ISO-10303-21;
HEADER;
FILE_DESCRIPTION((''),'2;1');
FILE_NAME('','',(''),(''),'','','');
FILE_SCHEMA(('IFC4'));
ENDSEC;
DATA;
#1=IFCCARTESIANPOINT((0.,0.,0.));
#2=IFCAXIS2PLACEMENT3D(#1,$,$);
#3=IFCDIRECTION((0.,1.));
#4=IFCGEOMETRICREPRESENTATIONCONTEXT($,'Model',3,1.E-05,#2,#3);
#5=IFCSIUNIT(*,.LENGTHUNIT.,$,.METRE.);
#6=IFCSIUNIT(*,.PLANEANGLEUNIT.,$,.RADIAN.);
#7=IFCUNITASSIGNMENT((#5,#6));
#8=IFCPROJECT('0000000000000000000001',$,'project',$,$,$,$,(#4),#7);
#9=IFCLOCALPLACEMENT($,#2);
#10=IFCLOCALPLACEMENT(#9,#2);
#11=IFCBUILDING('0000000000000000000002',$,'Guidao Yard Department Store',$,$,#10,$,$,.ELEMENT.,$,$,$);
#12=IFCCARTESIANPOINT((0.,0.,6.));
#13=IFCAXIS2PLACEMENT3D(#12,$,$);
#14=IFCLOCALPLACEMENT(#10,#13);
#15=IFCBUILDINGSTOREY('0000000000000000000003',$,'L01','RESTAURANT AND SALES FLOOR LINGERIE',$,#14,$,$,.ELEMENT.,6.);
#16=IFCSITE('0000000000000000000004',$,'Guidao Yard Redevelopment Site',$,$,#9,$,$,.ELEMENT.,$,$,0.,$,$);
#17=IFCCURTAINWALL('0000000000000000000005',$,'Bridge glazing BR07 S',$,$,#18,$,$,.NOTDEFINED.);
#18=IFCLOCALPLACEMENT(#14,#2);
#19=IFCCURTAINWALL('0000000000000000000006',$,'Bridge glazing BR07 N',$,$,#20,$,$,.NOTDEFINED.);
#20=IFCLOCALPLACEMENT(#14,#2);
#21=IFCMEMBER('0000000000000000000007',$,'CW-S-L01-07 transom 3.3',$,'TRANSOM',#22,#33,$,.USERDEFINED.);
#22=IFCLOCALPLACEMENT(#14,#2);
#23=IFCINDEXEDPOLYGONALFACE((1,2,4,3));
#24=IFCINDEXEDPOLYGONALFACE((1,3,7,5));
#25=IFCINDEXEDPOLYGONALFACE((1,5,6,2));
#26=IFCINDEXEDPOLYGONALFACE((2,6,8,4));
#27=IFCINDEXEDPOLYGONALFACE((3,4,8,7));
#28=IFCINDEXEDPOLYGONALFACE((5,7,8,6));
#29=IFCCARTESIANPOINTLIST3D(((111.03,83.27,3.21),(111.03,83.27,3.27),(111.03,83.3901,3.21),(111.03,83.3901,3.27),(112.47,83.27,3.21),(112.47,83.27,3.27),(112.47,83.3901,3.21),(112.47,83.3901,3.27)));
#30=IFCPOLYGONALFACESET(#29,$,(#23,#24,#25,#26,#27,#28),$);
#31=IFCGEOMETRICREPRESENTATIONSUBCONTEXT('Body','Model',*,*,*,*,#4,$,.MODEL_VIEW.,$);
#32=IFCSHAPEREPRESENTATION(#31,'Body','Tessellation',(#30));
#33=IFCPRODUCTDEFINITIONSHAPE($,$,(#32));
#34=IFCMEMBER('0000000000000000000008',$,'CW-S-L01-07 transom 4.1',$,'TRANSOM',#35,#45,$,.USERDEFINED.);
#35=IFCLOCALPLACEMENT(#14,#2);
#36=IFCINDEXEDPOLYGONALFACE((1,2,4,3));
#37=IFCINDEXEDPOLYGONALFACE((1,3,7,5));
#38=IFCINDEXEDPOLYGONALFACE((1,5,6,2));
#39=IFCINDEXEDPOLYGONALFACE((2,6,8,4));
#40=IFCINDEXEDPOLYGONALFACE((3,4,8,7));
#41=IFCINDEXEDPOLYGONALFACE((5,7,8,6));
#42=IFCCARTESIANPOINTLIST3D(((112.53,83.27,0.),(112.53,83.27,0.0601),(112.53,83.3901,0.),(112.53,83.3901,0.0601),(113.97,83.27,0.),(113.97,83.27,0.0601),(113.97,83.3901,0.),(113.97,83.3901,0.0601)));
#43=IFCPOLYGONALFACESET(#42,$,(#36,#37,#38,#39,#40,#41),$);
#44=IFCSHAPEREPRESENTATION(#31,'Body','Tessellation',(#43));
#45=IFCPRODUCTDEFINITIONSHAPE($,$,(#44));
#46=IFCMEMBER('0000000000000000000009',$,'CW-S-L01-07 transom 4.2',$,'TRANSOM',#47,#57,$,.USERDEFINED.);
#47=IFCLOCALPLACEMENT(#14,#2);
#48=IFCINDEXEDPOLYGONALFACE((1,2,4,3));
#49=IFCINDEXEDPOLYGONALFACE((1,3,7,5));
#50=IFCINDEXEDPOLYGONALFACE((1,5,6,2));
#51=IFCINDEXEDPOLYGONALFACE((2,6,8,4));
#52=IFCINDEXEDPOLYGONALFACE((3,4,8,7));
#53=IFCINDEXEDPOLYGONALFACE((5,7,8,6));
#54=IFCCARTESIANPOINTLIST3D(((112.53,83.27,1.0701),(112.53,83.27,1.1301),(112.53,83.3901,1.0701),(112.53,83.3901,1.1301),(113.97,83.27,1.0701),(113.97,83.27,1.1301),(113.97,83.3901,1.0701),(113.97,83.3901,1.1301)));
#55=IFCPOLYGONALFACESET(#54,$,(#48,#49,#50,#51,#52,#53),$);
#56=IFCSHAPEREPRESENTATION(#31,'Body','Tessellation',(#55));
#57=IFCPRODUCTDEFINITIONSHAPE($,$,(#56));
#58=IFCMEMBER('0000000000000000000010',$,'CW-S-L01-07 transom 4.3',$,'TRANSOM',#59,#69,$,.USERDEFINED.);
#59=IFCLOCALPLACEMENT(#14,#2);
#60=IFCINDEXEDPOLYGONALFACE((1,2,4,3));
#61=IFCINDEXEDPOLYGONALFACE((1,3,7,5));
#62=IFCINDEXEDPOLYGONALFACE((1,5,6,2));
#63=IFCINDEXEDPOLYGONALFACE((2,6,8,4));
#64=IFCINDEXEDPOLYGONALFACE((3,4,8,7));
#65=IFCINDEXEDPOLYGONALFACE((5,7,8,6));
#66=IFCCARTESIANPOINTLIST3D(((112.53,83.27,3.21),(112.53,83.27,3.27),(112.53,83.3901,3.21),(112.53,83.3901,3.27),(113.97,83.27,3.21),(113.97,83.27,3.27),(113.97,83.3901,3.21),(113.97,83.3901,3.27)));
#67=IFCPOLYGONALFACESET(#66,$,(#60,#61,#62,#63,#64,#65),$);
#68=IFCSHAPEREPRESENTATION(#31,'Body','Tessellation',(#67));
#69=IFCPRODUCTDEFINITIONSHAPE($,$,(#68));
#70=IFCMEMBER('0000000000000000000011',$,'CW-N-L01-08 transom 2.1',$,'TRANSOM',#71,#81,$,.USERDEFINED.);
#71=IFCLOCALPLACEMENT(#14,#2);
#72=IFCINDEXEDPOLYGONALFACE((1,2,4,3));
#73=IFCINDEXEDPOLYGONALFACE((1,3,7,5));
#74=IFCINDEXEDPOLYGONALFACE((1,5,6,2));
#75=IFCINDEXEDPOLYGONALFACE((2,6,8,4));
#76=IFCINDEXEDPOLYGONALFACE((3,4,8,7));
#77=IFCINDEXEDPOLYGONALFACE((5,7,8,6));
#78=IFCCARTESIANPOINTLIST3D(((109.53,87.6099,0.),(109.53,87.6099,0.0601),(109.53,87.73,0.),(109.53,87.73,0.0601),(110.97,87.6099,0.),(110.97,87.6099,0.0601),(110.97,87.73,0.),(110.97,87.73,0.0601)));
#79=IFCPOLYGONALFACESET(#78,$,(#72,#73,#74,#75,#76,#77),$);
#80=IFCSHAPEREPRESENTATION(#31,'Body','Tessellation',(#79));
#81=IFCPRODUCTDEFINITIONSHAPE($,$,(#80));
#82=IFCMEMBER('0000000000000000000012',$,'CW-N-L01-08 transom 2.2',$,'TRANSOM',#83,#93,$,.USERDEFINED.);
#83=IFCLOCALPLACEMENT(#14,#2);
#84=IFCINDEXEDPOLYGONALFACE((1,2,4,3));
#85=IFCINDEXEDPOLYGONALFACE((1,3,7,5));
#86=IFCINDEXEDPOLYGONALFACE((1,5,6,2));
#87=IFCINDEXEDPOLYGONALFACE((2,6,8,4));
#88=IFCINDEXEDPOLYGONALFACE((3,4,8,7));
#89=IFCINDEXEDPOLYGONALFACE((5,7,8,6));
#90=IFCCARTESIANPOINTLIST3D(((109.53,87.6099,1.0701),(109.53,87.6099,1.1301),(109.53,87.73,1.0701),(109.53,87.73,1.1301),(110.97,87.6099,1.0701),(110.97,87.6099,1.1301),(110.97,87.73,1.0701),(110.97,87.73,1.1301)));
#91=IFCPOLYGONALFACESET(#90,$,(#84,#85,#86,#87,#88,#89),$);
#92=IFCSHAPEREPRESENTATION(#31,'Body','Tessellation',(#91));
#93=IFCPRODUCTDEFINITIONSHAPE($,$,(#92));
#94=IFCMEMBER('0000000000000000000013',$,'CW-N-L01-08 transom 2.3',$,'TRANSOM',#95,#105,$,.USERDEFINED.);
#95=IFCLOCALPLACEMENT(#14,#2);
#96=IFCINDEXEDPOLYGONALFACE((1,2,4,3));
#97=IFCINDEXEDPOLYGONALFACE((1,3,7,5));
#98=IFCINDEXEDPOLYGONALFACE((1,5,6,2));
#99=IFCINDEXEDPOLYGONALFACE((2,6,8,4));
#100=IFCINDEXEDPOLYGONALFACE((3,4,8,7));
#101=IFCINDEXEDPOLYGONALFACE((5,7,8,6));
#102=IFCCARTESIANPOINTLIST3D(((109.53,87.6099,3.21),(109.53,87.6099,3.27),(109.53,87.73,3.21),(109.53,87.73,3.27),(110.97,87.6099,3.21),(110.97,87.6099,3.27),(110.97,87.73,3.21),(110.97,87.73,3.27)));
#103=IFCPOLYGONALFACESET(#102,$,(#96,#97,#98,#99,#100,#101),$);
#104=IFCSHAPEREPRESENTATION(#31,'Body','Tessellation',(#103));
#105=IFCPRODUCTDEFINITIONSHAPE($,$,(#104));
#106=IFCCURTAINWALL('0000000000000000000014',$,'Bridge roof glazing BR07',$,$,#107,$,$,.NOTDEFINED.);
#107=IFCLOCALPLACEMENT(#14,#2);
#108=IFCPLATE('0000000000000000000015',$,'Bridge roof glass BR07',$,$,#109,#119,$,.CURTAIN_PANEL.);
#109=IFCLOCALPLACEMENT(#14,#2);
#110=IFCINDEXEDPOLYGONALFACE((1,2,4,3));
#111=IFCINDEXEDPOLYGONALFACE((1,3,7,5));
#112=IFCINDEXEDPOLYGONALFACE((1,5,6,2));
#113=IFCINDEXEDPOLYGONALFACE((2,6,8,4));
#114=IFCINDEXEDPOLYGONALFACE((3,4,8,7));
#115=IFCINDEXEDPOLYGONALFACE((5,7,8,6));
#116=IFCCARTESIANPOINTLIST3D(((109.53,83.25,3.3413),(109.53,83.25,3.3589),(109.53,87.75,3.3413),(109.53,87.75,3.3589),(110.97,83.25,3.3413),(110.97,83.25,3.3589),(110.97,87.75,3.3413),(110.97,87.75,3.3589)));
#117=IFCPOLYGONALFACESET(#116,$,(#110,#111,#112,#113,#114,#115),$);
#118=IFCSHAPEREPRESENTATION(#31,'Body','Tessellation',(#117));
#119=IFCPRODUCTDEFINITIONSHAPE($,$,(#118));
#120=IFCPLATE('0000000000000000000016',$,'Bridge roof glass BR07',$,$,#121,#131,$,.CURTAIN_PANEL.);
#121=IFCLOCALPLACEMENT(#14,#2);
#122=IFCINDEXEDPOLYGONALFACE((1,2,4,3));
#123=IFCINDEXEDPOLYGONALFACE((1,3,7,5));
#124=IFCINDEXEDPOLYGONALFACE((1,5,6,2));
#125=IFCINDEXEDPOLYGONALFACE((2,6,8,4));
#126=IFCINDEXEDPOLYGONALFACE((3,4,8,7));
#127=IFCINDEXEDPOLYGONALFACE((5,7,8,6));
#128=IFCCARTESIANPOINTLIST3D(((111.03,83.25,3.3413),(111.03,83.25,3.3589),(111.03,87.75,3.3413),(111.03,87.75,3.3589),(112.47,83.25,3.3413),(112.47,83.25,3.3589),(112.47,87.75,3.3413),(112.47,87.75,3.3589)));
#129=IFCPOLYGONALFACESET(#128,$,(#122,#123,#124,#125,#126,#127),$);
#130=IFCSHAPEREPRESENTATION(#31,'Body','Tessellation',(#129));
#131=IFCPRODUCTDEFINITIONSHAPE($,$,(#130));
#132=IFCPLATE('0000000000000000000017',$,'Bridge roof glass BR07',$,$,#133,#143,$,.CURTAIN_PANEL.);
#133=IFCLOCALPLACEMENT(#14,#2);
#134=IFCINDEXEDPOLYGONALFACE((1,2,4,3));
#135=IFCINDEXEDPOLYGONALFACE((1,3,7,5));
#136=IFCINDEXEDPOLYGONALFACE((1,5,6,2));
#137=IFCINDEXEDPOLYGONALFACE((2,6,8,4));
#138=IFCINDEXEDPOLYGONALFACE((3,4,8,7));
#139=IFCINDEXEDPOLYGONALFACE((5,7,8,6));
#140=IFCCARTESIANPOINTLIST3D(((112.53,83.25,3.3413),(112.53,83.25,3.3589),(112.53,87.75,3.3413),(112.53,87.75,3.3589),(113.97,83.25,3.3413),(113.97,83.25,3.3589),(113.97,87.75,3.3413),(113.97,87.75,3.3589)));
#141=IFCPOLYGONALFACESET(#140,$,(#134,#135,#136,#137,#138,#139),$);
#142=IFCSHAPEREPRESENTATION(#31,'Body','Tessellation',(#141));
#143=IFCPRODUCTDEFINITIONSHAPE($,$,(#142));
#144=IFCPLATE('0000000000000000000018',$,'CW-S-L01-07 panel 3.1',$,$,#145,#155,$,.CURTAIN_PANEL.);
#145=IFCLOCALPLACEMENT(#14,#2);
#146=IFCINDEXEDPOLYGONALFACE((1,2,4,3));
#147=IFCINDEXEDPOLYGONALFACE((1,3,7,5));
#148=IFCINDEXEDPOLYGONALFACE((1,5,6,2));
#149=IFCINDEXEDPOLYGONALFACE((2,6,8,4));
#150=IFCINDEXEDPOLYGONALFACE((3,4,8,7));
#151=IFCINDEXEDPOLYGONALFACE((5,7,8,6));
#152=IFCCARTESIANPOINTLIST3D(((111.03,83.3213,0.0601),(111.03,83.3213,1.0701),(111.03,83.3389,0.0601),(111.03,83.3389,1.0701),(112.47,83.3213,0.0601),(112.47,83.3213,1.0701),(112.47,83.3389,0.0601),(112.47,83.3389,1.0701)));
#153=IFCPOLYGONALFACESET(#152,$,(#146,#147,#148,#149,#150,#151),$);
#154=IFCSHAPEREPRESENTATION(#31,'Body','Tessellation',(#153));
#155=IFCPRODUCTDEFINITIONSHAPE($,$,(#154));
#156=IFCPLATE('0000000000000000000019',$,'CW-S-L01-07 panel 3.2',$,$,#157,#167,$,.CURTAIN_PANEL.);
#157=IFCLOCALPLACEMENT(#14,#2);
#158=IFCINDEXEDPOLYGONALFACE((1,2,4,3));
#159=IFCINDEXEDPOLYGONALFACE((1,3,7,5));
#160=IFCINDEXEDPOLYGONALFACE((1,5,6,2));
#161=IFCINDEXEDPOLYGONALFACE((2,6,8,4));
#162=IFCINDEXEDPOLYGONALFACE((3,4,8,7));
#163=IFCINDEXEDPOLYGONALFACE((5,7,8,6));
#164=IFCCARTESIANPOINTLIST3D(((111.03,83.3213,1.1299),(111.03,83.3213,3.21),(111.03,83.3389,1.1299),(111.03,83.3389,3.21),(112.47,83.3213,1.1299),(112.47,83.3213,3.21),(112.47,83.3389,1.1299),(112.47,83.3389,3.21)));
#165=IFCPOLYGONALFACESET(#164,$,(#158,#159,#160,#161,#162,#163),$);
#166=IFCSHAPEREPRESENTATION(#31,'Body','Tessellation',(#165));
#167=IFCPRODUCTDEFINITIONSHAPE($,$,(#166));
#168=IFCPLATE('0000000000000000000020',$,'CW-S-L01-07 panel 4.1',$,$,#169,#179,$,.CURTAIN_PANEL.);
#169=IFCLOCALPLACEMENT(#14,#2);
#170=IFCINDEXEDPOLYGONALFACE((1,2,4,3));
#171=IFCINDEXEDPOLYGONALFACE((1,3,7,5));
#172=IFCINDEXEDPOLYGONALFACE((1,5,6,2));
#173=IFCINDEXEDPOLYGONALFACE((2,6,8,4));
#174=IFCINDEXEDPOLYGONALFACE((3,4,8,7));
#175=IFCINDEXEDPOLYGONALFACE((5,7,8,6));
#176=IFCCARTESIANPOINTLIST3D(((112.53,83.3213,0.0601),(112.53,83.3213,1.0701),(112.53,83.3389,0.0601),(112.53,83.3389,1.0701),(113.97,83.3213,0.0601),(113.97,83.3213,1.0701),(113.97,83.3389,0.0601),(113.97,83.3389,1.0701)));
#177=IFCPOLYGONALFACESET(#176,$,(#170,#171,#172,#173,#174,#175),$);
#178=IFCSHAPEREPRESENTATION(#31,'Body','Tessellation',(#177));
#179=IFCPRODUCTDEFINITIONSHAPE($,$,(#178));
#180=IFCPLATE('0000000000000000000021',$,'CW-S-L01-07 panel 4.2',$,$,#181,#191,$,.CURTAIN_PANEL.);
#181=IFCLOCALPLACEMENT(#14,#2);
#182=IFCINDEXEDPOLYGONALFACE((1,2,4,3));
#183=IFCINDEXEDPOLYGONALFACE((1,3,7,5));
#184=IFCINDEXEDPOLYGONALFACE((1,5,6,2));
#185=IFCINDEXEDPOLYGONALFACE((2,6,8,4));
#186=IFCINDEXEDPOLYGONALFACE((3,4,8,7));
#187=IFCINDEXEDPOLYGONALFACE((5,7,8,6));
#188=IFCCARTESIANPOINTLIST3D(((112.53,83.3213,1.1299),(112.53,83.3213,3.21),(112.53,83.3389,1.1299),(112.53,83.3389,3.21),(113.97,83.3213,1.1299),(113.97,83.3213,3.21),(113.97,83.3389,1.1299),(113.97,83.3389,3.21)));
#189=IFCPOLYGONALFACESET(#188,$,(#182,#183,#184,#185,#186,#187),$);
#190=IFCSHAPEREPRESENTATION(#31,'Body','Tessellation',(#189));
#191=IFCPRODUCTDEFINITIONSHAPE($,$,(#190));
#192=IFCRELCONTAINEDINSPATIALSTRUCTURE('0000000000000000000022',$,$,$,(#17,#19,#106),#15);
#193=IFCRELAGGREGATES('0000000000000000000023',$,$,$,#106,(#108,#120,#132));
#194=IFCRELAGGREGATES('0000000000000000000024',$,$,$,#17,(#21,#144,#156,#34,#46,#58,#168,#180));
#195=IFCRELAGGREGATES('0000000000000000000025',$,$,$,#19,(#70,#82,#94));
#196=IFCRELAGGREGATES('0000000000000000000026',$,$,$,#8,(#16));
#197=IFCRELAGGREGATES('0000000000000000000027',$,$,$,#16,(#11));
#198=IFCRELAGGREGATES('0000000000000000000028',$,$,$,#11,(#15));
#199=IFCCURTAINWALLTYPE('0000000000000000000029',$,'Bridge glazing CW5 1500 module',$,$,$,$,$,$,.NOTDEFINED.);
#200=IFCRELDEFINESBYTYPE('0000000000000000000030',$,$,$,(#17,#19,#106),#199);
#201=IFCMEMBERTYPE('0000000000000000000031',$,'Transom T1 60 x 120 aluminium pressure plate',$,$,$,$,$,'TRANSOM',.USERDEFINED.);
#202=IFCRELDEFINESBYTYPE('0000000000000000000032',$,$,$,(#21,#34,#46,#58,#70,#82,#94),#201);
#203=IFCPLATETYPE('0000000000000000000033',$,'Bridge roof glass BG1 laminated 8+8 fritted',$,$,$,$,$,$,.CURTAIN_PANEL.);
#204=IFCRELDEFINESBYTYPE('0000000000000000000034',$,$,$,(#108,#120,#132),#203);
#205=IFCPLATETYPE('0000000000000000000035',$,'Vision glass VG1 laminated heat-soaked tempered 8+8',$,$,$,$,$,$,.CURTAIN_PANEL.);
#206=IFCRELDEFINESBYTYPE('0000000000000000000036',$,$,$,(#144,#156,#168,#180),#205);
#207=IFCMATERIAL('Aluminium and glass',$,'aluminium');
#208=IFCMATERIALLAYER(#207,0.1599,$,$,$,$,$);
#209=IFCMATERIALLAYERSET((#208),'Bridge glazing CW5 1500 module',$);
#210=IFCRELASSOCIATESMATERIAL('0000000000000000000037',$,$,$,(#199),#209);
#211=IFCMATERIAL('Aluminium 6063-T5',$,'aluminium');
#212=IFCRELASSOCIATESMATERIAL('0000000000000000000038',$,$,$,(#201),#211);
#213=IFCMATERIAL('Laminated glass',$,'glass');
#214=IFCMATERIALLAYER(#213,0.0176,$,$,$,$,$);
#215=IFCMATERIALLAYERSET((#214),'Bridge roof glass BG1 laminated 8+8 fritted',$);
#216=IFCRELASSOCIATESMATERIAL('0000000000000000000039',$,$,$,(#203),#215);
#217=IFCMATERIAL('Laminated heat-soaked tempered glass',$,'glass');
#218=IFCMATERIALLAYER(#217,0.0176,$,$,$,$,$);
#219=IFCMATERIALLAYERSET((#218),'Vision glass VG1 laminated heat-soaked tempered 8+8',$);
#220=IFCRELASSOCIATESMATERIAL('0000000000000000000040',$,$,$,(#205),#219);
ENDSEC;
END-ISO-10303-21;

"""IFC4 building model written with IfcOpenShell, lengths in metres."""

from ifc_helpers import new_model, si_unit, direction, frame, origin, origin_2d, place, context, subcontext, project, spatial, rectangle, extrude, material, layer, layer_set, material_profile, profile_set, type_object, element, aggregate, save


model = new_model("IFC4")

# Units and contexts
model_context = context("Model", 3, precision=1e-05, world=origin(), true_north=direction((0.0, 1.0)))
body_context = subcontext(model_context, "Body", "Model", "MODEL_VIEW")
ifc_project = project(units=[si_unit("LENGTHUNIT", "METRE"), si_unit("PLANEANGLEUNIT", "RADIAN")], contexts=[model_context])

# Site, building, storey
site_placement = place(None, origin())
site = spatial("IfcSite", under=ifc_project, at=site_placement, Name="Guidao Yard Redevelopment Site", CompositionType="ELEMENT", RefElevation=0.0)
building_placement = place(site_placement, origin())
building = spatial("IfcBuilding", under=site, at=building_placement, Name="Guidao Yard Department Store", CompositionType="ELEMENT")
storey_placement = place(building_placement, frame((0.0, 0.0, 6.0)))
storey = spatial("IfcBuildingStorey", under=building, at=storey_placement, Name="L01", Description="RESTAURANT AND SALES FLOOR LINGERIE", CompositionType="ELEMENT", Elevation=6.0)

# Curtain wall
ifc_material_1 = material(Name="Aluminium and glass", Category="aluminium")
ifc_layer_1 = layer(ifc_material_1, 0.1599)
ifc_layer_set_1 = layer_set([ifc_layer_1], Name="Bridge glazing CW5 1500 module")
curtain_wall_type = type_object("IfcCurtainWallType", Name="Bridge glazing CW5 1500 module", PredefinedType="NOTDEFINED", material=ifc_layer_set_1)
curtain_wall_1_placement = place(storey_placement, origin())
curtain_wall_1 = element("IfcCurtainWall", 1, at=curtain_wall_1_placement, inside=storey, type_object=curtain_wall_type, Name="Bridge glazing BR07 S", PredefinedType="NOTDEFINED")

# Curtain wall
curtain_wall_2_placement = place(storey_placement, origin())
curtain_wall_2 = element("IfcCurtainWall", 2, at=curtain_wall_2_placement, inside=storey, type_object=curtain_wall_type, Name="Bridge glazing BR07 N", PredefinedType="NOTDEFINED")

# Members
ifc_material_2 = material(Name="Aluminium 6063-T5", Category="aluminium")
ifc_material_profile_1 = material_profile(ifc_material_2, rectangle(XDim=0.1201, YDim=0.0601, at=origin_2d()), Name="Transom T1 60 x 120 aluminium pressure plate")
ifc_profile_set_1 = profile_set([ifc_material_profile_1], Name="Aluminium 6063-T5")
member_type_1 = type_object("IfcMemberType", Name="Transom T1 60 x 120 aluminium pressure plate", ElementType="TRANSOM", PredefinedType="USERDEFINED", material=ifc_profile_set_1)
member_1_placement = place(storey_placement, frame((112.47, 83.3301, 3.24), z_axis=(-1.0, 0.0, 0.0), x_axis=(0.0, -1.0, 0.0)))
member_1 = element("IfcMember", 3, at=member_1_placement, type_object=member_type_1, Name="CW-S-L01-07 transom 3.3", ObjectType="TRANSOM", PredefinedType="USERDEFINED", context=body_context, shape_type="SweptSolid", body=[
    extrude(rectangle(XDim=0.1201, YDim=0.0601, at=origin_2d()), origin(), (0.0, 0.0, 1.0), 1.4399),
])
member_2_placement = place(storey_placement, frame((113.97, 83.3301, 0.03), z_axis=(-1.0, 0.0, 0.0), x_axis=(0.0, -1.0, 0.0)))
member_2 = element("IfcMember", 4, at=member_2_placement, type_object=member_type_1, Name="CW-S-L01-07 transom 4.1", ObjectType="TRANSOM", PredefinedType="USERDEFINED", context=body_context, shape_type="SweptSolid", body=[
    extrude(rectangle(XDim=0.1201, YDim=0.0601, at=origin_2d()), origin(), (0.0, 0.0, 1.0), 1.4399),
])
member_3_placement = place(storey_placement, frame((113.97, 83.3301, 1.1001), z_axis=(-1.0, 0.0, 0.0), x_axis=(0.0, -1.0, 0.0)))
member_3 = element("IfcMember", 5, at=member_3_placement, type_object=member_type_1, Name="CW-S-L01-07 transom 4.2", ObjectType="TRANSOM", PredefinedType="USERDEFINED", context=body_context, shape_type="SweptSolid", body=[
    extrude(rectangle(XDim=0.1201, YDim=0.0601, at=origin_2d()), origin(), (0.0, 0.0, 1.0), 1.4399),
])
member_4_placement = place(storey_placement, frame((113.97, 83.3301, 3.24), z_axis=(-1.0, 0.0, 0.0), x_axis=(0.0, -1.0, 0.0)))
member_4 = element("IfcMember", 6, at=member_4_placement, type_object=member_type_1, Name="CW-S-L01-07 transom 4.3", ObjectType="TRANSOM", PredefinedType="USERDEFINED", context=body_context, shape_type="SweptSolid", body=[
    extrude(rectangle(XDim=0.1201, YDim=0.0601, at=origin_2d()), origin(), (0.0, 0.0, 1.0), 1.4399),
])
member_5_placement = place(storey_placement, frame((109.53, 87.6699, 0.03), z_axis=(1.0, 0.0, 0.0), x_axis=(0.0, 1.0, 0.0)))
member_5 = element("IfcMember", 7, at=member_5_placement, type_object=member_type_1, Name="CW-N-L01-08 transom 2.1", ObjectType="TRANSOM", PredefinedType="USERDEFINED", context=body_context, shape_type="SweptSolid", body=[
    extrude(rectangle(XDim=0.1201, YDim=0.0601, at=origin_2d()), origin(), (0.0, 0.0, 1.0), 1.4399),
])
member_6_placement = place(storey_placement, frame((109.53, 87.6699, 1.1001), z_axis=(1.0, 0.0, 0.0), x_axis=(0.0, 1.0, 0.0)))
member_6 = element("IfcMember", 8, at=member_6_placement, type_object=member_type_1, Name="CW-N-L01-08 transom 2.2", ObjectType="TRANSOM", PredefinedType="USERDEFINED", context=body_context, shape_type="SweptSolid", body=[
    extrude(rectangle(XDim=0.1201, YDim=0.0601, at=origin_2d()), origin(), (0.0, 0.0, 1.0), 1.4399),
])
member_7_placement = place(storey_placement, frame((109.53, 87.6699, 3.24), z_axis=(1.0, 0.0, 0.0), x_axis=(0.0, 1.0, 0.0)))
member_7 = element("IfcMember", 9, at=member_7_placement, type_object=member_type_1, Name="CW-N-L01-08 transom 2.3", ObjectType="TRANSOM", PredefinedType="USERDEFINED", context=body_context, shape_type="SweptSolid", body=[
    extrude(rectangle(XDim=0.1201, YDim=0.0601, at=origin_2d()), origin(), (0.0, 0.0, 1.0), 1.4399),
])

# Curtain wall, plates
curtain_wall_3_placement = place(storey_placement, origin())
curtain_wall_3 = element("IfcCurtainWall", 10, at=curtain_wall_3_placement, inside=storey, type_object=curtain_wall_type, Name="Bridge roof glazing BR07", PredefinedType="NOTDEFINED")
ifc_material_3 = material(Name="Laminated glass", Category="glass")
ifc_layer_2 = layer(ifc_material_3, 0.0176)
ifc_layer_set_2 = layer_set([ifc_layer_2], Name="Bridge roof glass BG1 laminated 8+8 fritted")
plate_type_1 = type_object("IfcPlateType", Name="Bridge roof glass BG1 laminated 8+8 fritted", PredefinedType="CURTAIN_PANEL", material=ifc_layer_set_2)
plate_1_placement = place(storey_placement, frame((110.25, 85.5, 3.3413), z_axis=(0.0, 0.0, 1.0), x_axis=(1.0, 0.0, 0.0)))
plate_1 = element("IfcPlate", 11, at=plate_1_placement, type_object=plate_type_1, Name="Bridge roof glass BR07", PredefinedType="CURTAIN_PANEL", context=body_context, shape_type="SweptSolid", body=[
    extrude(rectangle(XDim=1.4399, YDim=4.5, at=origin_2d()), origin(), (0.0, 0.0, 1.0), 0.0176),
])
plate_2_placement = place(storey_placement, frame((111.75, 85.5, 3.3413), z_axis=(0.0, 0.0, 1.0), x_axis=(1.0, 0.0, 0.0)))
plate_2 = element("IfcPlate", 12, at=plate_2_placement, type_object=plate_type_1, Name="Bridge roof glass BR07", PredefinedType="CURTAIN_PANEL", context=body_context, shape_type="SweptSolid", body=[
    extrude(rectangle(XDim=1.4399, YDim=4.5, at=origin_2d()), origin(), (0.0, 0.0, 1.0), 0.0176),
])
plate_3_placement = place(storey_placement, frame((113.25, 85.5, 3.3413), z_axis=(0.0, 0.0, 1.0), x_axis=(1.0, 0.0, 0.0)))
plate_3 = element("IfcPlate", 13, at=plate_3_placement, type_object=plate_type_1, Name="Bridge roof glass BR07", PredefinedType="CURTAIN_PANEL", context=body_context, shape_type="SweptSolid", body=[
    extrude(rectangle(XDim=1.4399, YDim=4.5, at=origin_2d()), origin(), (0.0, 0.0, 1.0), 0.0176),
])
aggregate(curtain_wall_3, [plate_1, plate_2, plate_3])

# Plates
ifc_material_4 = material(Name="Laminated heat-soaked tempered glass", Category="glass")
ifc_layer_3 = layer(ifc_material_4, 0.0176)
ifc_layer_set_3 = layer_set([ifc_layer_3], Name="Vision glass VG1 laminated heat-soaked tempered 8+8")
plate_type_2 = type_object("IfcPlateType", Name="Vision glass VG1 laminated heat-soaked tempered 8+8", PredefinedType="CURTAIN_PANEL", material=ifc_layer_set_3)
plate_4_placement = place(storey_placement, frame((111.75, 83.3301, 0.0601), z_axis=(0.0, 0.0, 1.0), x_axis=(-1.0, 0.0, 0.0)))
plate_4 = element("IfcPlate", 14, at=plate_4_placement, type_object=plate_type_2, Name="CW-S-L01-07 panel 3.1", PredefinedType="CURTAIN_PANEL", context=body_context, shape_type="SweptSolid", body=[
    extrude(rectangle(XDim=1.4399, YDim=0.0176, at=origin_2d()), origin(), (0.0, 0.0, 1.0), 1.01),
])
plate_5_placement = place(storey_placement, frame((111.75, 83.3301, 1.1299), z_axis=(0.0, 0.0, 1.0), x_axis=(-1.0, 0.0, 0.0)))
plate_5 = element("IfcPlate", 15, at=plate_5_placement, type_object=plate_type_2, Name="CW-S-L01-07 panel 3.2", PredefinedType="CURTAIN_PANEL", context=body_context, shape_type="SweptSolid", body=[
    extrude(rectangle(XDim=1.4399, YDim=0.0176, at=origin_2d()), origin(), (0.0, 0.0, 1.0), 2.0801),
])
plate_6_placement = place(storey_placement, frame((113.25, 83.3301, 0.0601), z_axis=(0.0, 0.0, 1.0), x_axis=(-1.0, 0.0, 0.0)))
plate_6 = element("IfcPlate", 16, at=plate_6_placement, type_object=plate_type_2, Name="CW-S-L01-07 panel 4.1", PredefinedType="CURTAIN_PANEL", context=body_context, shape_type="SweptSolid", body=[
    extrude(rectangle(XDim=1.4399, YDim=0.0176, at=origin_2d()), origin(), (0.0, 0.0, 1.0), 1.01),
])
plate_7_placement = place(storey_placement, frame((113.25, 83.3301, 1.1299), z_axis=(0.0, 0.0, 1.0), x_axis=(-1.0, 0.0, 0.0)))
plate_7 = element("IfcPlate", 17, at=plate_7_placement, type_object=plate_type_2, Name="CW-S-L01-07 panel 4.2", PredefinedType="CURTAIN_PANEL", context=body_context, shape_type="SweptSolid", body=[
    extrude(rectangle(XDim=1.4399, YDim=0.0176, at=origin_2d()), origin(), (0.0, 0.0, 1.0), 2.0801),
])
aggregate(curtain_wall_1, [member_1, plate_4, plate_5, member_2, member_3, member_4, plate_6, plate_7])
aggregate(curtain_wall_2, [member_5, member_6, member_7])

save(model, "model.ifc")
